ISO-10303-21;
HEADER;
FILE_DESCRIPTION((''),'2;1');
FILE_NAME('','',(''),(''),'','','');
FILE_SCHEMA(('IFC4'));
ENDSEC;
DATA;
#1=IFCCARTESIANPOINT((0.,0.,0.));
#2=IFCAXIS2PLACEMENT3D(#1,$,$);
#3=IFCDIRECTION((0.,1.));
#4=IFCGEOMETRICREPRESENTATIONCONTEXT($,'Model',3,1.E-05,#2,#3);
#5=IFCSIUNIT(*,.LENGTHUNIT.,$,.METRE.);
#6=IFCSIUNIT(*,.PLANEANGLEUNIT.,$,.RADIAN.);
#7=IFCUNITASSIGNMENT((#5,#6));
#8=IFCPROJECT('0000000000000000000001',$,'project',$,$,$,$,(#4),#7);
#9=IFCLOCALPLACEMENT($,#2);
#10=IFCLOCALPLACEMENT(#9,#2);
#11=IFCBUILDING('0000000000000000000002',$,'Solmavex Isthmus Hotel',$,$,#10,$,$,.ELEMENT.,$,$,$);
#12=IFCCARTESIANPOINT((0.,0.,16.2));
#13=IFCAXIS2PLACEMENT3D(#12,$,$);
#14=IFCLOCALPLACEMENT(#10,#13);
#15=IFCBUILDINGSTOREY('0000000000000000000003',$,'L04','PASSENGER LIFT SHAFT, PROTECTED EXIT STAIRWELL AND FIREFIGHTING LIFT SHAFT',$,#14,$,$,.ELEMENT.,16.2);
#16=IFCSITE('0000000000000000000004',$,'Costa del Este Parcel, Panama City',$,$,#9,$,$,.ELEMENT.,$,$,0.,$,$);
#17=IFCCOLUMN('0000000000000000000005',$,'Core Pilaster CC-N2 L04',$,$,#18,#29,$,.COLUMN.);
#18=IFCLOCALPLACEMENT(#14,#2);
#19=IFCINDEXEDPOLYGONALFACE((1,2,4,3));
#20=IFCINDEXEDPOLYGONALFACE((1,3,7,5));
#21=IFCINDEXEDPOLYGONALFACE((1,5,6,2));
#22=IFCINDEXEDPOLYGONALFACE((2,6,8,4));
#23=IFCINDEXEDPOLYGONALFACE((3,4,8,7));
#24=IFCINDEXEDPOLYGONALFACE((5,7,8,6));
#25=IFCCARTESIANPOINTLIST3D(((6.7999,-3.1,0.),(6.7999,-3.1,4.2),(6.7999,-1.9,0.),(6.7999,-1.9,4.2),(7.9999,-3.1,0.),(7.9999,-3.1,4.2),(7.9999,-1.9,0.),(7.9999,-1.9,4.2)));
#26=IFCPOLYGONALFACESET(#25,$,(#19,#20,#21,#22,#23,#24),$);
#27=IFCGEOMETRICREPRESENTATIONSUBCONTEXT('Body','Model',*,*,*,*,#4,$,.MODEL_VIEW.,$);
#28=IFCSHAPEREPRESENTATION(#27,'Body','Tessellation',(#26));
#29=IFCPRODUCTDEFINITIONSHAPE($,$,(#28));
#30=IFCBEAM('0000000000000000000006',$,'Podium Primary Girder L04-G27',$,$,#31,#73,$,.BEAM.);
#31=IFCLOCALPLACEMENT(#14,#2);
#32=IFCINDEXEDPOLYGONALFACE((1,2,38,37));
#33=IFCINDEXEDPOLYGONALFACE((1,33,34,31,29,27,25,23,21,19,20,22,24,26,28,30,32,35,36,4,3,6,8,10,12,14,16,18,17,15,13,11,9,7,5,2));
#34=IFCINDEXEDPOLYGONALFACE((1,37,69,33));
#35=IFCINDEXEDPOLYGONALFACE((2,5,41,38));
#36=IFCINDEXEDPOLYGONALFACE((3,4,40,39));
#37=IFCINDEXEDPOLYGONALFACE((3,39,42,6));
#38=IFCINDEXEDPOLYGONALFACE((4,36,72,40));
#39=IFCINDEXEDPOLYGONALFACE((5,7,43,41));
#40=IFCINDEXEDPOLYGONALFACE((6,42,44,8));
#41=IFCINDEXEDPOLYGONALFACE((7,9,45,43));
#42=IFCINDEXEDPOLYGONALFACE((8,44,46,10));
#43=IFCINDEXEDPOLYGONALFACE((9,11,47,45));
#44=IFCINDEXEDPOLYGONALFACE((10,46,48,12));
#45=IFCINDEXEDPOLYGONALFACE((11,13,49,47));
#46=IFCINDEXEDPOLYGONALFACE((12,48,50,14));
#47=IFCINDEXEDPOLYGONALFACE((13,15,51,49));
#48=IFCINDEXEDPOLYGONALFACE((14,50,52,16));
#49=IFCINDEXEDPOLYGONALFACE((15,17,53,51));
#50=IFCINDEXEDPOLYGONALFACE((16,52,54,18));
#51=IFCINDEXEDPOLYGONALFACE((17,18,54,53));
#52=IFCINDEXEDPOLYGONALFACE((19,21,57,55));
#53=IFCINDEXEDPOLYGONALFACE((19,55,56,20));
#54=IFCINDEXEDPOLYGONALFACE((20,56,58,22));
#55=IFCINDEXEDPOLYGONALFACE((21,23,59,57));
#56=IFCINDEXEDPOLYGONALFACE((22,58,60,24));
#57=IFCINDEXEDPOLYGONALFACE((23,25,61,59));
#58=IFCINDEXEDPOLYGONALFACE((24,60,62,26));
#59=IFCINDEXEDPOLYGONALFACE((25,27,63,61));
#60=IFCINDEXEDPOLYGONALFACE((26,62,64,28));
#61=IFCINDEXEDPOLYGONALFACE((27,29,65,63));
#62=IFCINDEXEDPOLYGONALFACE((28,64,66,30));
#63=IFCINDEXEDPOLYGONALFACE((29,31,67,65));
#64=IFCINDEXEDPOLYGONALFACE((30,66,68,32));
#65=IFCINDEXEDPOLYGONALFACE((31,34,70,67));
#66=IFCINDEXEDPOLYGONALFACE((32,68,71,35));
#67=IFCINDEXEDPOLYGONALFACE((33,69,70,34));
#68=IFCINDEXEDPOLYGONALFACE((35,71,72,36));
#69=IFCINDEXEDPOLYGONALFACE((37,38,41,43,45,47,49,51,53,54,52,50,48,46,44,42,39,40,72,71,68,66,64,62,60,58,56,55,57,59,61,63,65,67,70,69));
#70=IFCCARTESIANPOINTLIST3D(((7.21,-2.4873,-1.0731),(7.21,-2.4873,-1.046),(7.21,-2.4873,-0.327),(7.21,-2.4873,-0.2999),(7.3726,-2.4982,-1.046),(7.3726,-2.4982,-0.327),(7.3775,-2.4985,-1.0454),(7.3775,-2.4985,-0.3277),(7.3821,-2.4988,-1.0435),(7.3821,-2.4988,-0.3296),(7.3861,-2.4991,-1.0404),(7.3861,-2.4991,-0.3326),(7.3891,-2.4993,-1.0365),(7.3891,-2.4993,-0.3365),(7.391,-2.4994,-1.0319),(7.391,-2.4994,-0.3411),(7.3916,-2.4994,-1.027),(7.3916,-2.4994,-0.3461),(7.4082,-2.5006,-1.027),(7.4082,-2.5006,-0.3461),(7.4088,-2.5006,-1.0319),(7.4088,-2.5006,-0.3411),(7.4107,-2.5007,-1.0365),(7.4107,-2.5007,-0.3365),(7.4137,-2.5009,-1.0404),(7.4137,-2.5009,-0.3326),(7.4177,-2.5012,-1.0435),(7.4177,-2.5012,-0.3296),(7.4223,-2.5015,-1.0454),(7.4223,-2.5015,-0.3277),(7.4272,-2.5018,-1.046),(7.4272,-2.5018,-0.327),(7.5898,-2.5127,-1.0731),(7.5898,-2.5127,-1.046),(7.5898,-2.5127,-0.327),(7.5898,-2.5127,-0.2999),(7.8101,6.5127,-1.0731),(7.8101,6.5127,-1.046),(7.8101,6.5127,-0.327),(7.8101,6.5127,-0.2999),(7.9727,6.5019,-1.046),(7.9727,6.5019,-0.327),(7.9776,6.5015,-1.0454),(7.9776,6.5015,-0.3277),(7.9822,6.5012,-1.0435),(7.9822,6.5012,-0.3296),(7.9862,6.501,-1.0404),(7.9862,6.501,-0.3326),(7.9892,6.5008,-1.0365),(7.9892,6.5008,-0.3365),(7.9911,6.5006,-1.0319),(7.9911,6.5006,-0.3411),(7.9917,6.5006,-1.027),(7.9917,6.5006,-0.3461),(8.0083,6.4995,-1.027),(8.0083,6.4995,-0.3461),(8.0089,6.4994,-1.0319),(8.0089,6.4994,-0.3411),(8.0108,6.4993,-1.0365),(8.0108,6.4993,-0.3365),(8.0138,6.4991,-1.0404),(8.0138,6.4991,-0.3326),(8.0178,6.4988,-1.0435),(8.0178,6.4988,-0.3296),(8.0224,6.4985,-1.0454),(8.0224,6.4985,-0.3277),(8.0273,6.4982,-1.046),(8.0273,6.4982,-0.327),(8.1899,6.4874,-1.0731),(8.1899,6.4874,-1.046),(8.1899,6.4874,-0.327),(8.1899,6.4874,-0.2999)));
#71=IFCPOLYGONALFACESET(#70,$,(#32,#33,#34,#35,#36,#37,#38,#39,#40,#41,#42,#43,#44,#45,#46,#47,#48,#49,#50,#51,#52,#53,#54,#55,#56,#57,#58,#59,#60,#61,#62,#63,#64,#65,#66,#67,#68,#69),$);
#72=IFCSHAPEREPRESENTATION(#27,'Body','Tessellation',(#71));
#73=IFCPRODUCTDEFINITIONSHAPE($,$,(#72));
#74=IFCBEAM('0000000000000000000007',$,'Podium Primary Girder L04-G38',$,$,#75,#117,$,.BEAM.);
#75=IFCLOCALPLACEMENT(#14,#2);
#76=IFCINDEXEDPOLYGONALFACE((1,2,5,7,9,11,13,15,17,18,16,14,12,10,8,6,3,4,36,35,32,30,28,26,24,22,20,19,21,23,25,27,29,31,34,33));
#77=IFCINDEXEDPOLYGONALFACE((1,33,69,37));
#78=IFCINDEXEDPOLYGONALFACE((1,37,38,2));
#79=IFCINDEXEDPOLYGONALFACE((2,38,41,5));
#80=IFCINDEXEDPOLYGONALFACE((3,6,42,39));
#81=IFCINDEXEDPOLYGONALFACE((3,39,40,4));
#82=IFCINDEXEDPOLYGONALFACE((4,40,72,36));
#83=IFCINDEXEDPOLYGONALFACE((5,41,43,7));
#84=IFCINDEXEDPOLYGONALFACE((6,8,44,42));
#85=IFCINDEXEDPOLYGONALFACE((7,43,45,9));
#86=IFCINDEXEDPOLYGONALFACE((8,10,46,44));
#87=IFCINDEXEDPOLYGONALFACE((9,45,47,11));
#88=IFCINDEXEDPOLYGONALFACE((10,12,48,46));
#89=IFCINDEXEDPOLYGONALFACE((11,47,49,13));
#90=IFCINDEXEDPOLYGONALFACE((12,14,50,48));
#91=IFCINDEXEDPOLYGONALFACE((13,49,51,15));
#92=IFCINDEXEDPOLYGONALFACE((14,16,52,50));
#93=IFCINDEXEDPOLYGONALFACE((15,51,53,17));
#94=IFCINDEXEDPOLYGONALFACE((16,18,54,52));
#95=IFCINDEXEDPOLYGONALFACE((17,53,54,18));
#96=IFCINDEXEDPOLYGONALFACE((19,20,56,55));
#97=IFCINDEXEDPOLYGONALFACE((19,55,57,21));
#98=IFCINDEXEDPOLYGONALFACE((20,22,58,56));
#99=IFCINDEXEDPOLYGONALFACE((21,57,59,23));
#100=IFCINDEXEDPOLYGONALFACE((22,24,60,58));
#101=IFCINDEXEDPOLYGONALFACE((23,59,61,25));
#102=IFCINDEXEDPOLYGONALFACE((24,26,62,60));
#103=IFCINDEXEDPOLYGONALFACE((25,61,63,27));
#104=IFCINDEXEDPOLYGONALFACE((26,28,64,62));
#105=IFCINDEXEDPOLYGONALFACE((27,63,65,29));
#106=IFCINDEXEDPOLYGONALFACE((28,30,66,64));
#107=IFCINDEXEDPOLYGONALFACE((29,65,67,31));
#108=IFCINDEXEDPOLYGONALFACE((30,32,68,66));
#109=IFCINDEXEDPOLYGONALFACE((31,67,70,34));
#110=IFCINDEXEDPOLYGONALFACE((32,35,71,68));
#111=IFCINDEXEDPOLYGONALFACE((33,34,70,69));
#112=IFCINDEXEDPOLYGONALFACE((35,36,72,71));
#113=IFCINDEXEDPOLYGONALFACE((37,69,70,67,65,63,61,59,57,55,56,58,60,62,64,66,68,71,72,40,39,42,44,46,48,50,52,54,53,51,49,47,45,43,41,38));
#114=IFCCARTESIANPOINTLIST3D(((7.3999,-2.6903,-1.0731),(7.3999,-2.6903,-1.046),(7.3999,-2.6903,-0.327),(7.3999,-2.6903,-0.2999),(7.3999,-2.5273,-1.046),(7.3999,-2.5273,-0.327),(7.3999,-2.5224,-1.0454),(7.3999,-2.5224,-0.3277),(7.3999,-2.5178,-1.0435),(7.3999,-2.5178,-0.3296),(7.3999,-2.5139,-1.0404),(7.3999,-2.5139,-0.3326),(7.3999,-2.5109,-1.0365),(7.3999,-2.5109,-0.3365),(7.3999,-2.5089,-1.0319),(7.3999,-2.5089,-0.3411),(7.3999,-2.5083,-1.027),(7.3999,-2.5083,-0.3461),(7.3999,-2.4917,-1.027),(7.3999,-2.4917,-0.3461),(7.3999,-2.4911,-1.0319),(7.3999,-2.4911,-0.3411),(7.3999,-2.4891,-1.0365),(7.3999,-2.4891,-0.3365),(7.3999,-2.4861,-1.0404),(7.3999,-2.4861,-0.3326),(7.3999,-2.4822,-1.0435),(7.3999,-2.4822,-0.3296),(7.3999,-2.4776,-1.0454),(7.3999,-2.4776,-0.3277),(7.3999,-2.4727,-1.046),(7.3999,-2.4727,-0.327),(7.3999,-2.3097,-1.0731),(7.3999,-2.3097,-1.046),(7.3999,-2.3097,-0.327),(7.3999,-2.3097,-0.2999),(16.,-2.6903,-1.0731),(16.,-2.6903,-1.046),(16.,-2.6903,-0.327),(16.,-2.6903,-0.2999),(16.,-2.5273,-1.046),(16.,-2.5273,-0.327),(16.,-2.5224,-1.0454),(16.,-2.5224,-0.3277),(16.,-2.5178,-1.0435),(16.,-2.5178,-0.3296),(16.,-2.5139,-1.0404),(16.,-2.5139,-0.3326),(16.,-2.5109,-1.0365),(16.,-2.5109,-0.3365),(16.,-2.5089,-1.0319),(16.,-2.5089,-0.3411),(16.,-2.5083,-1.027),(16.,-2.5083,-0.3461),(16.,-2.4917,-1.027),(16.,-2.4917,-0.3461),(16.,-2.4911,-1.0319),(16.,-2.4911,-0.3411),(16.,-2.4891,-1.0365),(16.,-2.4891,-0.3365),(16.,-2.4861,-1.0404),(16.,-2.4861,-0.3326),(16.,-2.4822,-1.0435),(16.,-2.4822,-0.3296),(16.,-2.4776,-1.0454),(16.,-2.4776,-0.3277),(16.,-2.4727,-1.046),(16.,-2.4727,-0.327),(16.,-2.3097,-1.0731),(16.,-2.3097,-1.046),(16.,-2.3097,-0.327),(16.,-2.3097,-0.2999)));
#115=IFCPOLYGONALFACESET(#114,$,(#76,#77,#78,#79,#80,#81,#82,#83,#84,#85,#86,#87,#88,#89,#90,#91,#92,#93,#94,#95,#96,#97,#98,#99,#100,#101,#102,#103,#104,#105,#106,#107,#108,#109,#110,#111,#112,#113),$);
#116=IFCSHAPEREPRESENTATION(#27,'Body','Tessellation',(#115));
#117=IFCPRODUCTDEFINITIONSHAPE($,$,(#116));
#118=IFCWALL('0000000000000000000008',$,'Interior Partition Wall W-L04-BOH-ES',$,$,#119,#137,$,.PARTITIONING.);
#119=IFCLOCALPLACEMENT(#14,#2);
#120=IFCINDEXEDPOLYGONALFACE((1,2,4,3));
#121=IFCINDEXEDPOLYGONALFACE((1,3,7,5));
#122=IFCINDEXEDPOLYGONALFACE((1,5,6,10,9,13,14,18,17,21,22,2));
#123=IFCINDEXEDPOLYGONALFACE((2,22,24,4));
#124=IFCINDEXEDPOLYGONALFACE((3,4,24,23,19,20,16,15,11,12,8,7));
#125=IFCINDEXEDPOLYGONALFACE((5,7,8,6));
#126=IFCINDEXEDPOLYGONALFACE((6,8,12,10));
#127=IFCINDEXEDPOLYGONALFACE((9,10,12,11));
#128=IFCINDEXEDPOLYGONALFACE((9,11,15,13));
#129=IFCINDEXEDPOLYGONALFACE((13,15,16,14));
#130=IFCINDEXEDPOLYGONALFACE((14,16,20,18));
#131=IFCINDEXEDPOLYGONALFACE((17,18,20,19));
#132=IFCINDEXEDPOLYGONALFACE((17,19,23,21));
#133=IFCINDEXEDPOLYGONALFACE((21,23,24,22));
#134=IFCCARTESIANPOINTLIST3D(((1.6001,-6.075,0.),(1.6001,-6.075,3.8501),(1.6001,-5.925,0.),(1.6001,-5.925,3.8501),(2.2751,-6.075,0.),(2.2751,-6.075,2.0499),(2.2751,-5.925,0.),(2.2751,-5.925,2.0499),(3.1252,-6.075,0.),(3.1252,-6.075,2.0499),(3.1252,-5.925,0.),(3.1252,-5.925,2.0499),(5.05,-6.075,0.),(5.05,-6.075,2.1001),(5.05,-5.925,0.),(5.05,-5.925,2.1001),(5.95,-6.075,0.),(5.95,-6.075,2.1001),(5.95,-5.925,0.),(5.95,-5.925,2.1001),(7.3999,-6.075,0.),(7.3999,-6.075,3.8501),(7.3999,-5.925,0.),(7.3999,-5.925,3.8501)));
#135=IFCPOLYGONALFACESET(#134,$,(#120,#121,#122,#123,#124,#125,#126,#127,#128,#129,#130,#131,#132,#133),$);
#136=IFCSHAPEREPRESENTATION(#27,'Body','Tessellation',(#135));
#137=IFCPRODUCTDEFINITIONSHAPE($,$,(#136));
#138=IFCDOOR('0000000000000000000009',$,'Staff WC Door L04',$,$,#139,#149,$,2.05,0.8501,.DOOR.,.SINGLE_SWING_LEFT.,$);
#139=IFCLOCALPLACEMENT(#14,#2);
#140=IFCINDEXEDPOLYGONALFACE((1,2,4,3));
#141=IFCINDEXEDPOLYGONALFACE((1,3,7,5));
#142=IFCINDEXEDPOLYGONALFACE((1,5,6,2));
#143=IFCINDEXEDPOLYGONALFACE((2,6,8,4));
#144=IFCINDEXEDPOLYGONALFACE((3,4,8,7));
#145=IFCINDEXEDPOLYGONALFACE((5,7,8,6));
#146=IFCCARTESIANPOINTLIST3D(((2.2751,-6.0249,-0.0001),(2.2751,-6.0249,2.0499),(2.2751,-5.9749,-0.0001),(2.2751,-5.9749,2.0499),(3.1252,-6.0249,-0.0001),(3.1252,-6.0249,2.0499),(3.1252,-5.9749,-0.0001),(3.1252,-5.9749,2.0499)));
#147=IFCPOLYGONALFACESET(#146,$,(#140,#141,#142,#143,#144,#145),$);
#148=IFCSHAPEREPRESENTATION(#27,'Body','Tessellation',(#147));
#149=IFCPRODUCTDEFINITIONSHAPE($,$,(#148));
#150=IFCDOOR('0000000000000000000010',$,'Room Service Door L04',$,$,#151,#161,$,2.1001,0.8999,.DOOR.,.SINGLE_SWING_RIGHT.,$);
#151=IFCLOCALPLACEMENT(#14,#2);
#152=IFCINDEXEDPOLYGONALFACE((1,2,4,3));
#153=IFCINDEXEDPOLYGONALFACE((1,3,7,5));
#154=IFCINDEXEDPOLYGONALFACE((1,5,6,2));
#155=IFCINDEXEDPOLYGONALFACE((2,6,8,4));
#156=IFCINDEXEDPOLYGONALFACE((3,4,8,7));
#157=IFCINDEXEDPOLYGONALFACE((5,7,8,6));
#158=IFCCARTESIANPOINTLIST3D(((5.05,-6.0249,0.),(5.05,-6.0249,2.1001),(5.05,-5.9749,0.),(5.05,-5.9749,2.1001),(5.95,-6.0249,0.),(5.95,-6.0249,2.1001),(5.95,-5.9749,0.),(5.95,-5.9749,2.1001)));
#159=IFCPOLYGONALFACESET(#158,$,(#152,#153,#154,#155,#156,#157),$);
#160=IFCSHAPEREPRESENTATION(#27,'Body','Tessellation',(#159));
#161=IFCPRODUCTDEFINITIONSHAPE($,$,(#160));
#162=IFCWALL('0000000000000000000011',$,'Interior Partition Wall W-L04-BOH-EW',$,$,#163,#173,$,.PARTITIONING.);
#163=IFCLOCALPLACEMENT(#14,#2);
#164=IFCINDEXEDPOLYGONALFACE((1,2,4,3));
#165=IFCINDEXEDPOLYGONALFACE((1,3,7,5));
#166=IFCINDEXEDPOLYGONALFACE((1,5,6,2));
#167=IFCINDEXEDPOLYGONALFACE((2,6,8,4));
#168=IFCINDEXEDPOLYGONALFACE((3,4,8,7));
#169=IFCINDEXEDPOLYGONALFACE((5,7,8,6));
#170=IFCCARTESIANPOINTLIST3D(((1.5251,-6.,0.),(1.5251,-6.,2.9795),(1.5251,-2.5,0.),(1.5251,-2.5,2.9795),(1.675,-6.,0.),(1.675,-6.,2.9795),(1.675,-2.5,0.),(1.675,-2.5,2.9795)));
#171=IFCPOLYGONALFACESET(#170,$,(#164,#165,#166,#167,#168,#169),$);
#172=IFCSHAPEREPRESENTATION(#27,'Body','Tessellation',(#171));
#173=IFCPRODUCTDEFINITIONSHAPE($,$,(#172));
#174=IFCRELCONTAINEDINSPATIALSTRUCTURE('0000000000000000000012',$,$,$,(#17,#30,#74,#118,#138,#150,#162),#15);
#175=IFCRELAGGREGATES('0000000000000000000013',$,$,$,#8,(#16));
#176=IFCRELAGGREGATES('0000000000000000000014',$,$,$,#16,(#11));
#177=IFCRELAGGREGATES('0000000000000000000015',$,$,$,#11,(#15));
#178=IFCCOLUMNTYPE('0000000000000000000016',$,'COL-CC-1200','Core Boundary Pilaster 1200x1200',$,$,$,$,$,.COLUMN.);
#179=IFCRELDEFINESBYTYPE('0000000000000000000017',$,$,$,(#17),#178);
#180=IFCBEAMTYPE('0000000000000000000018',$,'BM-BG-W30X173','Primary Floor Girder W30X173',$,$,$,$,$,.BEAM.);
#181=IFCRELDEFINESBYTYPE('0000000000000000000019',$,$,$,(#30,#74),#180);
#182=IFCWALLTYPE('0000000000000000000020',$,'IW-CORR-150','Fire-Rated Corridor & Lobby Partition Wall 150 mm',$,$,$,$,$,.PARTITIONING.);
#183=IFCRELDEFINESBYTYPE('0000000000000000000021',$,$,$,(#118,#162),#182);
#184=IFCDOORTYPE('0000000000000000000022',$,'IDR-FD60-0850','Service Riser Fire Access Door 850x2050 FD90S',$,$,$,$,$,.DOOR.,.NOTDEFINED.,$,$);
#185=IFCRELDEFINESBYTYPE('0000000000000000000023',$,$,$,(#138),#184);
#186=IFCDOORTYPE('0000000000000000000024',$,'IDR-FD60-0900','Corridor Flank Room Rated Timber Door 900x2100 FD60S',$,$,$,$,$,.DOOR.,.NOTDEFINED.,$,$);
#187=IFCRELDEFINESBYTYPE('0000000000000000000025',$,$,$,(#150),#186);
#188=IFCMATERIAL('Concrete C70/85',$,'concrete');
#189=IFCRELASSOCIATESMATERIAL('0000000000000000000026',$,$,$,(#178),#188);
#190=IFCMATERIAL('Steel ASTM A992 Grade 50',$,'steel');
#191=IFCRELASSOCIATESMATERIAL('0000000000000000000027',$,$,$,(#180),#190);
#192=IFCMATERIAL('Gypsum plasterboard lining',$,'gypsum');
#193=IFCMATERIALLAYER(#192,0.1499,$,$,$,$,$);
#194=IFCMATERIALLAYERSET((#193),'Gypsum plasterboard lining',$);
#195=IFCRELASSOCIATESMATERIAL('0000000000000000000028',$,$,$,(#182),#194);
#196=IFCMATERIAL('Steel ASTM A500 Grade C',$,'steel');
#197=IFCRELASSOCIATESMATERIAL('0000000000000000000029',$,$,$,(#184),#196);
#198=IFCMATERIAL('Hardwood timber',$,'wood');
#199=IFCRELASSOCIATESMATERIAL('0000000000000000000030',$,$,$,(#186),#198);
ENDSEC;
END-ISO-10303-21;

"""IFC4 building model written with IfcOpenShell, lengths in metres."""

from ifc_helpers import new_model, si_unit, direction, frame, frame_2d, origin, origin_2d, place, context, subcontext, project, spatial, rectangle, i_section, extrude, material, layer, layer_set, material_profile, profile_set, type_object, element, fill, save


model = new_model("IFC4")

# Units and contexts
model_context = context("Model", 3, precision=1e-05, world=origin(), true_north=direction((0.0, 1.0)))
body_context = subcontext(model_context, "Body", "Model", "MODEL_VIEW")
ifc_project = project(units=[si_unit("LENGTHUNIT", "METRE"), si_unit("PLANEANGLEUNIT", "RADIAN")], contexts=[model_context])

# Site, building, storey
site_placement = place(None, origin())
site = spatial("IfcSite", under=ifc_project, at=site_placement, Name="Costa del Este Parcel, Panama City", CompositionType="ELEMENT", RefElevation=0.0)
building_placement = place(site_placement, origin())
building = spatial("IfcBuilding", under=site, at=building_placement, Name="Solmavex Isthmus Hotel", CompositionType="ELEMENT")
storey_placement = place(building_placement, frame((0.0, 0.0, 16.2)))
storey = spatial("IfcBuildingStorey", under=building, at=storey_placement, Name="L04", Description="PASSENGER LIFT SHAFT, PROTECTED EXIT STAIRWELL AND FIREFIGHTING LIFT SHAFT", CompositionType="ELEMENT", Elevation=16.2)

# Column
ifc_material_1 = material(Name="Concrete C70/85", Category="concrete")
ifc_material_profile_1 = material_profile(ifc_material_1, rectangle(XDim=1.2, YDim=1.2, at=origin_2d()), Name="RC1200X1200")
ifc_profile_set_1 = profile_set([ifc_material_profile_1], Name="Concrete C70/85")
column_type = type_object("IfcColumnType", Name="COL-CC-1200", Description="Core Boundary Pilaster 1200x1200", PredefinedType="COLUMN", material=ifc_profile_set_1)
column_placement = place(storey_placement, frame((7.3999, -2.5, 0.0), z_axis=(0.0, 0.0, 1.0), x_axis=(1.0, 0.0, 0.0)))
element("IfcColumn", 1, at=column_placement, inside=storey, type_object=column_type, Name="Core Pilaster CC-N2 L04", PredefinedType="COLUMN", context=body_context, shape_type="SweptSolid", body=[
    extrude(rectangle(XDim=1.2, YDim=1.2, at=origin_2d()), origin(), (0.0, 0.0, 1.0), 4.2),
])

# Beams
ifc_material_2 = material(Name="Steel ASTM A992 Grade 50", Category="steel")
ifc_material_profile_2 = material_profile(ifc_material_2, i_section(OverallWidth=0.3806, OverallDepth=0.7732, WebThickness=0.0166, FlangeThickness=0.0271, FilletRadius=0.019, at=origin_2d()), Name="W30X173")
ifc_profile_set_2 = profile_set([ifc_material_profile_2], Name="Steel ASTM A992 Grade 50")
beam_type = type_object("IfcBeamType", Name="BM-BG-W30X173", Description="Primary Floor Girder W30X173", PredefinedType="BEAM", material=ifc_profile_set_2)
beam_1_placement = place(storey_placement, frame((7.3999, -2.5, -0.6865), z_axis=(0.06653, 0.997784, 0.0), x_axis=(-0.997784, 0.06653, 0.0)))
element("IfcBeam", 2, at=beam_1_placement, inside=storey, type_object=beam_type, Name="Podium Primary Girder L04-G27", PredefinedType="BEAM", context=body_context, shape_type="SweptSolid", body=[
    extrude(i_section(OverallWidth=0.3806, OverallDepth=0.7732, WebThickness=0.0166, FlangeThickness=0.0271, FilletRadius=0.019, at=origin_2d()), origin(), (0.0, 0.0, 1.0), 9.02),
])
beam_2_placement = place(storey_placement, frame((7.3999, -2.5, -0.6865), z_axis=(1.0, 0.0, 0.0), x_axis=(0.0, 1.0, 0.0)))
element("IfcBeam", 3, at=beam_2_placement, inside=storey, type_object=beam_type, Name="Podium Primary Girder L04-G38", PredefinedType="BEAM", context=body_context, shape_type="SweptSolid", body=[
    extrude(i_section(OverallWidth=0.3806, OverallDepth=0.7732, WebThickness=0.0166, FlangeThickness=0.0271, FilletRadius=0.019, at=origin_2d()), origin(), (0.0, 0.0, 1.0), 8.6001),
])

# Wall, openings, doors
ifc_material_3 = material(Name="Gypsum plasterboard lining", Category="gypsum")
ifc_layer_1 = layer(ifc_material_3, 0.1499)
ifc_layer_set_1 = layer_set([ifc_layer_1], Name="Gypsum plasterboard lining")
wall_type_1 = type_object("IfcWallType", Name="IW-CORR-150", Description="Fire-Rated Corridor & Lobby Partition Wall 150 mm", PredefinedType="PARTITIONING", material=ifc_layer_set_1)
wall_1_placement = place(storey_placement, frame((1.6001, -6.0, 0.0), z_axis=(0.0, 0.0, 1.0), x_axis=(1.0, 0.0, 0.0)))
wall_1 = element("IfcWall", 4, at=wall_1_placement, inside=storey, type_object=wall_type_1, Name="Interior Partition Wall W-L04-BOH-ES", PredefinedType="PARTITIONING", context=body_context, shape_type="SweptSolid", body=[
    extrude(rectangle(XDim=5.7998, YDim=0.1499, at=frame_2d((2.8999, 0.0))), origin(), (0.0, 0.0, 1.0), 3.8501),
])
opening_1_placement = place(wall_1_placement, frame((0.675, 0.0, 0.0)))
opening_1 = element("IfcOpeningElement", 5, at=opening_1_placement, cuts=wall_1, PredefinedType="OPENING", context=body_context, shape_type="SweptSolid", body=[
    extrude(rectangle(XDim=0.8501, YDim=2.05, at=frame_2d((0.425, 1.0249))), frame((0.0, 0.085, 0.0), z_axis=(0.0, -1.0, 0.0), x_axis=(1.0, 0.0, 0.0)), (0.0, 0.0, 1.0), 0.1699),
])
opening_2_placement = place(wall_1_placement, frame((3.45, 0.0, 0.0)))
opening_2 = element("IfcOpeningElement", 6, at=opening_2_placement, cuts=wall_1, PredefinedType="OPENING", context=body_context, shape_type="SweptSolid", body=[
    extrude(rectangle(XDim=0.8999, YDim=2.1001, at=frame_2d((0.45, 1.05))), frame((0.0, 0.085, 0.0), z_axis=(0.0, -1.0, 0.0), x_axis=(1.0, 0.0, 0.0)), (0.0, 0.0, 1.0), 0.1699),
])
ifc_material_4 = material(Name="Steel ASTM A500 Grade C", Category="steel")
door_type_1 = type_object("IfcDoorType", Name="IDR-FD60-0850", Description="Service Riser Fire Access Door 850x2050 FD90S", OperationType="NOTDEFINED", PredefinedType="DOOR", material=ifc_material_4)
door_1_placement = place(opening_1_placement, frame((0.8501, 0.0, 0.0), z_axis=(0.0, 0.0, 1.0), x_axis=(-1.0, 0.0, 0.0)))
door_1 = element("IfcDoor", 7, at=door_1_placement, inside=storey, type_object=door_type_1, Name="Staff WC Door L04", OperationType="SINGLE_SWING_LEFT", OverallHeight=2.05, OverallWidth=0.8501, PredefinedType="DOOR", context=body_context, shape_type="SweptSolid", body=[
    extrude(rectangle(XDim=0.8501, YDim=2.05, at=frame_2d((0.425, 1.0249))), frame((0.0, 0.0249, 0.0), z_axis=(0.0, -1.0, 0.0), x_axis=(1.0, 0.0, 0.0)), (0.0, 0.0, 1.0), 0.05),
])
fill(opening_1, door_1)
ifc_material_5 = material(Name="Hardwood timber", Category="wood")
door_type_2 = type_object("IfcDoorType", Name="IDR-FD60-0900", Description="Corridor Flank Room Rated Timber Door 900x2100 FD60S", OperationType="NOTDEFINED", PredefinedType="DOOR", material=ifc_material_5)
door_2_placement = place(opening_2_placement, frame((0.8999, 0.0, 0.0), z_axis=(0.0, 0.0, 1.0), x_axis=(-1.0, 0.0, 0.0)))
door_2 = element("IfcDoor", 8, at=door_2_placement, inside=storey, type_object=door_type_2, Name="Room Service Door L04", OperationType="SINGLE_SWING_RIGHT", OverallHeight=2.1001, OverallWidth=0.8999, PredefinedType="DOOR", context=body_context, shape_type="SweptSolid", body=[
    extrude(rectangle(XDim=0.8999, YDim=2.1001, at=frame_2d((0.45, 1.05))), frame((0.0, 0.0249, 0.0), z_axis=(0.0, -1.0, 0.0), x_axis=(1.0, 0.0, 0.0)), (0.0, 0.0, 1.0), 0.05),
])
fill(opening_2, door_2)

# Wall
wall_2_placement = place(storey_placement, frame((1.6001, -6.0, 0.0), z_axis=(0.0, 0.0, 1.0), x_axis=(0.0, 1.0, 0.0)))
element("IfcWall", 9, at=wall_2_placement, inside=storey, type_object=wall_type_1, Name="Interior Partition Wall W-L04-BOH-EW", PredefinedType="PARTITIONING", context=body_context, shape_type="SweptSolid", body=[
    extrude(rectangle(XDim=3.5, YDim=0.1499, at=frame_2d((1.75, 0.0))), origin(), (0.0, 0.0, 1.0), 2.9795),
])

save(model, "model.ifc")
